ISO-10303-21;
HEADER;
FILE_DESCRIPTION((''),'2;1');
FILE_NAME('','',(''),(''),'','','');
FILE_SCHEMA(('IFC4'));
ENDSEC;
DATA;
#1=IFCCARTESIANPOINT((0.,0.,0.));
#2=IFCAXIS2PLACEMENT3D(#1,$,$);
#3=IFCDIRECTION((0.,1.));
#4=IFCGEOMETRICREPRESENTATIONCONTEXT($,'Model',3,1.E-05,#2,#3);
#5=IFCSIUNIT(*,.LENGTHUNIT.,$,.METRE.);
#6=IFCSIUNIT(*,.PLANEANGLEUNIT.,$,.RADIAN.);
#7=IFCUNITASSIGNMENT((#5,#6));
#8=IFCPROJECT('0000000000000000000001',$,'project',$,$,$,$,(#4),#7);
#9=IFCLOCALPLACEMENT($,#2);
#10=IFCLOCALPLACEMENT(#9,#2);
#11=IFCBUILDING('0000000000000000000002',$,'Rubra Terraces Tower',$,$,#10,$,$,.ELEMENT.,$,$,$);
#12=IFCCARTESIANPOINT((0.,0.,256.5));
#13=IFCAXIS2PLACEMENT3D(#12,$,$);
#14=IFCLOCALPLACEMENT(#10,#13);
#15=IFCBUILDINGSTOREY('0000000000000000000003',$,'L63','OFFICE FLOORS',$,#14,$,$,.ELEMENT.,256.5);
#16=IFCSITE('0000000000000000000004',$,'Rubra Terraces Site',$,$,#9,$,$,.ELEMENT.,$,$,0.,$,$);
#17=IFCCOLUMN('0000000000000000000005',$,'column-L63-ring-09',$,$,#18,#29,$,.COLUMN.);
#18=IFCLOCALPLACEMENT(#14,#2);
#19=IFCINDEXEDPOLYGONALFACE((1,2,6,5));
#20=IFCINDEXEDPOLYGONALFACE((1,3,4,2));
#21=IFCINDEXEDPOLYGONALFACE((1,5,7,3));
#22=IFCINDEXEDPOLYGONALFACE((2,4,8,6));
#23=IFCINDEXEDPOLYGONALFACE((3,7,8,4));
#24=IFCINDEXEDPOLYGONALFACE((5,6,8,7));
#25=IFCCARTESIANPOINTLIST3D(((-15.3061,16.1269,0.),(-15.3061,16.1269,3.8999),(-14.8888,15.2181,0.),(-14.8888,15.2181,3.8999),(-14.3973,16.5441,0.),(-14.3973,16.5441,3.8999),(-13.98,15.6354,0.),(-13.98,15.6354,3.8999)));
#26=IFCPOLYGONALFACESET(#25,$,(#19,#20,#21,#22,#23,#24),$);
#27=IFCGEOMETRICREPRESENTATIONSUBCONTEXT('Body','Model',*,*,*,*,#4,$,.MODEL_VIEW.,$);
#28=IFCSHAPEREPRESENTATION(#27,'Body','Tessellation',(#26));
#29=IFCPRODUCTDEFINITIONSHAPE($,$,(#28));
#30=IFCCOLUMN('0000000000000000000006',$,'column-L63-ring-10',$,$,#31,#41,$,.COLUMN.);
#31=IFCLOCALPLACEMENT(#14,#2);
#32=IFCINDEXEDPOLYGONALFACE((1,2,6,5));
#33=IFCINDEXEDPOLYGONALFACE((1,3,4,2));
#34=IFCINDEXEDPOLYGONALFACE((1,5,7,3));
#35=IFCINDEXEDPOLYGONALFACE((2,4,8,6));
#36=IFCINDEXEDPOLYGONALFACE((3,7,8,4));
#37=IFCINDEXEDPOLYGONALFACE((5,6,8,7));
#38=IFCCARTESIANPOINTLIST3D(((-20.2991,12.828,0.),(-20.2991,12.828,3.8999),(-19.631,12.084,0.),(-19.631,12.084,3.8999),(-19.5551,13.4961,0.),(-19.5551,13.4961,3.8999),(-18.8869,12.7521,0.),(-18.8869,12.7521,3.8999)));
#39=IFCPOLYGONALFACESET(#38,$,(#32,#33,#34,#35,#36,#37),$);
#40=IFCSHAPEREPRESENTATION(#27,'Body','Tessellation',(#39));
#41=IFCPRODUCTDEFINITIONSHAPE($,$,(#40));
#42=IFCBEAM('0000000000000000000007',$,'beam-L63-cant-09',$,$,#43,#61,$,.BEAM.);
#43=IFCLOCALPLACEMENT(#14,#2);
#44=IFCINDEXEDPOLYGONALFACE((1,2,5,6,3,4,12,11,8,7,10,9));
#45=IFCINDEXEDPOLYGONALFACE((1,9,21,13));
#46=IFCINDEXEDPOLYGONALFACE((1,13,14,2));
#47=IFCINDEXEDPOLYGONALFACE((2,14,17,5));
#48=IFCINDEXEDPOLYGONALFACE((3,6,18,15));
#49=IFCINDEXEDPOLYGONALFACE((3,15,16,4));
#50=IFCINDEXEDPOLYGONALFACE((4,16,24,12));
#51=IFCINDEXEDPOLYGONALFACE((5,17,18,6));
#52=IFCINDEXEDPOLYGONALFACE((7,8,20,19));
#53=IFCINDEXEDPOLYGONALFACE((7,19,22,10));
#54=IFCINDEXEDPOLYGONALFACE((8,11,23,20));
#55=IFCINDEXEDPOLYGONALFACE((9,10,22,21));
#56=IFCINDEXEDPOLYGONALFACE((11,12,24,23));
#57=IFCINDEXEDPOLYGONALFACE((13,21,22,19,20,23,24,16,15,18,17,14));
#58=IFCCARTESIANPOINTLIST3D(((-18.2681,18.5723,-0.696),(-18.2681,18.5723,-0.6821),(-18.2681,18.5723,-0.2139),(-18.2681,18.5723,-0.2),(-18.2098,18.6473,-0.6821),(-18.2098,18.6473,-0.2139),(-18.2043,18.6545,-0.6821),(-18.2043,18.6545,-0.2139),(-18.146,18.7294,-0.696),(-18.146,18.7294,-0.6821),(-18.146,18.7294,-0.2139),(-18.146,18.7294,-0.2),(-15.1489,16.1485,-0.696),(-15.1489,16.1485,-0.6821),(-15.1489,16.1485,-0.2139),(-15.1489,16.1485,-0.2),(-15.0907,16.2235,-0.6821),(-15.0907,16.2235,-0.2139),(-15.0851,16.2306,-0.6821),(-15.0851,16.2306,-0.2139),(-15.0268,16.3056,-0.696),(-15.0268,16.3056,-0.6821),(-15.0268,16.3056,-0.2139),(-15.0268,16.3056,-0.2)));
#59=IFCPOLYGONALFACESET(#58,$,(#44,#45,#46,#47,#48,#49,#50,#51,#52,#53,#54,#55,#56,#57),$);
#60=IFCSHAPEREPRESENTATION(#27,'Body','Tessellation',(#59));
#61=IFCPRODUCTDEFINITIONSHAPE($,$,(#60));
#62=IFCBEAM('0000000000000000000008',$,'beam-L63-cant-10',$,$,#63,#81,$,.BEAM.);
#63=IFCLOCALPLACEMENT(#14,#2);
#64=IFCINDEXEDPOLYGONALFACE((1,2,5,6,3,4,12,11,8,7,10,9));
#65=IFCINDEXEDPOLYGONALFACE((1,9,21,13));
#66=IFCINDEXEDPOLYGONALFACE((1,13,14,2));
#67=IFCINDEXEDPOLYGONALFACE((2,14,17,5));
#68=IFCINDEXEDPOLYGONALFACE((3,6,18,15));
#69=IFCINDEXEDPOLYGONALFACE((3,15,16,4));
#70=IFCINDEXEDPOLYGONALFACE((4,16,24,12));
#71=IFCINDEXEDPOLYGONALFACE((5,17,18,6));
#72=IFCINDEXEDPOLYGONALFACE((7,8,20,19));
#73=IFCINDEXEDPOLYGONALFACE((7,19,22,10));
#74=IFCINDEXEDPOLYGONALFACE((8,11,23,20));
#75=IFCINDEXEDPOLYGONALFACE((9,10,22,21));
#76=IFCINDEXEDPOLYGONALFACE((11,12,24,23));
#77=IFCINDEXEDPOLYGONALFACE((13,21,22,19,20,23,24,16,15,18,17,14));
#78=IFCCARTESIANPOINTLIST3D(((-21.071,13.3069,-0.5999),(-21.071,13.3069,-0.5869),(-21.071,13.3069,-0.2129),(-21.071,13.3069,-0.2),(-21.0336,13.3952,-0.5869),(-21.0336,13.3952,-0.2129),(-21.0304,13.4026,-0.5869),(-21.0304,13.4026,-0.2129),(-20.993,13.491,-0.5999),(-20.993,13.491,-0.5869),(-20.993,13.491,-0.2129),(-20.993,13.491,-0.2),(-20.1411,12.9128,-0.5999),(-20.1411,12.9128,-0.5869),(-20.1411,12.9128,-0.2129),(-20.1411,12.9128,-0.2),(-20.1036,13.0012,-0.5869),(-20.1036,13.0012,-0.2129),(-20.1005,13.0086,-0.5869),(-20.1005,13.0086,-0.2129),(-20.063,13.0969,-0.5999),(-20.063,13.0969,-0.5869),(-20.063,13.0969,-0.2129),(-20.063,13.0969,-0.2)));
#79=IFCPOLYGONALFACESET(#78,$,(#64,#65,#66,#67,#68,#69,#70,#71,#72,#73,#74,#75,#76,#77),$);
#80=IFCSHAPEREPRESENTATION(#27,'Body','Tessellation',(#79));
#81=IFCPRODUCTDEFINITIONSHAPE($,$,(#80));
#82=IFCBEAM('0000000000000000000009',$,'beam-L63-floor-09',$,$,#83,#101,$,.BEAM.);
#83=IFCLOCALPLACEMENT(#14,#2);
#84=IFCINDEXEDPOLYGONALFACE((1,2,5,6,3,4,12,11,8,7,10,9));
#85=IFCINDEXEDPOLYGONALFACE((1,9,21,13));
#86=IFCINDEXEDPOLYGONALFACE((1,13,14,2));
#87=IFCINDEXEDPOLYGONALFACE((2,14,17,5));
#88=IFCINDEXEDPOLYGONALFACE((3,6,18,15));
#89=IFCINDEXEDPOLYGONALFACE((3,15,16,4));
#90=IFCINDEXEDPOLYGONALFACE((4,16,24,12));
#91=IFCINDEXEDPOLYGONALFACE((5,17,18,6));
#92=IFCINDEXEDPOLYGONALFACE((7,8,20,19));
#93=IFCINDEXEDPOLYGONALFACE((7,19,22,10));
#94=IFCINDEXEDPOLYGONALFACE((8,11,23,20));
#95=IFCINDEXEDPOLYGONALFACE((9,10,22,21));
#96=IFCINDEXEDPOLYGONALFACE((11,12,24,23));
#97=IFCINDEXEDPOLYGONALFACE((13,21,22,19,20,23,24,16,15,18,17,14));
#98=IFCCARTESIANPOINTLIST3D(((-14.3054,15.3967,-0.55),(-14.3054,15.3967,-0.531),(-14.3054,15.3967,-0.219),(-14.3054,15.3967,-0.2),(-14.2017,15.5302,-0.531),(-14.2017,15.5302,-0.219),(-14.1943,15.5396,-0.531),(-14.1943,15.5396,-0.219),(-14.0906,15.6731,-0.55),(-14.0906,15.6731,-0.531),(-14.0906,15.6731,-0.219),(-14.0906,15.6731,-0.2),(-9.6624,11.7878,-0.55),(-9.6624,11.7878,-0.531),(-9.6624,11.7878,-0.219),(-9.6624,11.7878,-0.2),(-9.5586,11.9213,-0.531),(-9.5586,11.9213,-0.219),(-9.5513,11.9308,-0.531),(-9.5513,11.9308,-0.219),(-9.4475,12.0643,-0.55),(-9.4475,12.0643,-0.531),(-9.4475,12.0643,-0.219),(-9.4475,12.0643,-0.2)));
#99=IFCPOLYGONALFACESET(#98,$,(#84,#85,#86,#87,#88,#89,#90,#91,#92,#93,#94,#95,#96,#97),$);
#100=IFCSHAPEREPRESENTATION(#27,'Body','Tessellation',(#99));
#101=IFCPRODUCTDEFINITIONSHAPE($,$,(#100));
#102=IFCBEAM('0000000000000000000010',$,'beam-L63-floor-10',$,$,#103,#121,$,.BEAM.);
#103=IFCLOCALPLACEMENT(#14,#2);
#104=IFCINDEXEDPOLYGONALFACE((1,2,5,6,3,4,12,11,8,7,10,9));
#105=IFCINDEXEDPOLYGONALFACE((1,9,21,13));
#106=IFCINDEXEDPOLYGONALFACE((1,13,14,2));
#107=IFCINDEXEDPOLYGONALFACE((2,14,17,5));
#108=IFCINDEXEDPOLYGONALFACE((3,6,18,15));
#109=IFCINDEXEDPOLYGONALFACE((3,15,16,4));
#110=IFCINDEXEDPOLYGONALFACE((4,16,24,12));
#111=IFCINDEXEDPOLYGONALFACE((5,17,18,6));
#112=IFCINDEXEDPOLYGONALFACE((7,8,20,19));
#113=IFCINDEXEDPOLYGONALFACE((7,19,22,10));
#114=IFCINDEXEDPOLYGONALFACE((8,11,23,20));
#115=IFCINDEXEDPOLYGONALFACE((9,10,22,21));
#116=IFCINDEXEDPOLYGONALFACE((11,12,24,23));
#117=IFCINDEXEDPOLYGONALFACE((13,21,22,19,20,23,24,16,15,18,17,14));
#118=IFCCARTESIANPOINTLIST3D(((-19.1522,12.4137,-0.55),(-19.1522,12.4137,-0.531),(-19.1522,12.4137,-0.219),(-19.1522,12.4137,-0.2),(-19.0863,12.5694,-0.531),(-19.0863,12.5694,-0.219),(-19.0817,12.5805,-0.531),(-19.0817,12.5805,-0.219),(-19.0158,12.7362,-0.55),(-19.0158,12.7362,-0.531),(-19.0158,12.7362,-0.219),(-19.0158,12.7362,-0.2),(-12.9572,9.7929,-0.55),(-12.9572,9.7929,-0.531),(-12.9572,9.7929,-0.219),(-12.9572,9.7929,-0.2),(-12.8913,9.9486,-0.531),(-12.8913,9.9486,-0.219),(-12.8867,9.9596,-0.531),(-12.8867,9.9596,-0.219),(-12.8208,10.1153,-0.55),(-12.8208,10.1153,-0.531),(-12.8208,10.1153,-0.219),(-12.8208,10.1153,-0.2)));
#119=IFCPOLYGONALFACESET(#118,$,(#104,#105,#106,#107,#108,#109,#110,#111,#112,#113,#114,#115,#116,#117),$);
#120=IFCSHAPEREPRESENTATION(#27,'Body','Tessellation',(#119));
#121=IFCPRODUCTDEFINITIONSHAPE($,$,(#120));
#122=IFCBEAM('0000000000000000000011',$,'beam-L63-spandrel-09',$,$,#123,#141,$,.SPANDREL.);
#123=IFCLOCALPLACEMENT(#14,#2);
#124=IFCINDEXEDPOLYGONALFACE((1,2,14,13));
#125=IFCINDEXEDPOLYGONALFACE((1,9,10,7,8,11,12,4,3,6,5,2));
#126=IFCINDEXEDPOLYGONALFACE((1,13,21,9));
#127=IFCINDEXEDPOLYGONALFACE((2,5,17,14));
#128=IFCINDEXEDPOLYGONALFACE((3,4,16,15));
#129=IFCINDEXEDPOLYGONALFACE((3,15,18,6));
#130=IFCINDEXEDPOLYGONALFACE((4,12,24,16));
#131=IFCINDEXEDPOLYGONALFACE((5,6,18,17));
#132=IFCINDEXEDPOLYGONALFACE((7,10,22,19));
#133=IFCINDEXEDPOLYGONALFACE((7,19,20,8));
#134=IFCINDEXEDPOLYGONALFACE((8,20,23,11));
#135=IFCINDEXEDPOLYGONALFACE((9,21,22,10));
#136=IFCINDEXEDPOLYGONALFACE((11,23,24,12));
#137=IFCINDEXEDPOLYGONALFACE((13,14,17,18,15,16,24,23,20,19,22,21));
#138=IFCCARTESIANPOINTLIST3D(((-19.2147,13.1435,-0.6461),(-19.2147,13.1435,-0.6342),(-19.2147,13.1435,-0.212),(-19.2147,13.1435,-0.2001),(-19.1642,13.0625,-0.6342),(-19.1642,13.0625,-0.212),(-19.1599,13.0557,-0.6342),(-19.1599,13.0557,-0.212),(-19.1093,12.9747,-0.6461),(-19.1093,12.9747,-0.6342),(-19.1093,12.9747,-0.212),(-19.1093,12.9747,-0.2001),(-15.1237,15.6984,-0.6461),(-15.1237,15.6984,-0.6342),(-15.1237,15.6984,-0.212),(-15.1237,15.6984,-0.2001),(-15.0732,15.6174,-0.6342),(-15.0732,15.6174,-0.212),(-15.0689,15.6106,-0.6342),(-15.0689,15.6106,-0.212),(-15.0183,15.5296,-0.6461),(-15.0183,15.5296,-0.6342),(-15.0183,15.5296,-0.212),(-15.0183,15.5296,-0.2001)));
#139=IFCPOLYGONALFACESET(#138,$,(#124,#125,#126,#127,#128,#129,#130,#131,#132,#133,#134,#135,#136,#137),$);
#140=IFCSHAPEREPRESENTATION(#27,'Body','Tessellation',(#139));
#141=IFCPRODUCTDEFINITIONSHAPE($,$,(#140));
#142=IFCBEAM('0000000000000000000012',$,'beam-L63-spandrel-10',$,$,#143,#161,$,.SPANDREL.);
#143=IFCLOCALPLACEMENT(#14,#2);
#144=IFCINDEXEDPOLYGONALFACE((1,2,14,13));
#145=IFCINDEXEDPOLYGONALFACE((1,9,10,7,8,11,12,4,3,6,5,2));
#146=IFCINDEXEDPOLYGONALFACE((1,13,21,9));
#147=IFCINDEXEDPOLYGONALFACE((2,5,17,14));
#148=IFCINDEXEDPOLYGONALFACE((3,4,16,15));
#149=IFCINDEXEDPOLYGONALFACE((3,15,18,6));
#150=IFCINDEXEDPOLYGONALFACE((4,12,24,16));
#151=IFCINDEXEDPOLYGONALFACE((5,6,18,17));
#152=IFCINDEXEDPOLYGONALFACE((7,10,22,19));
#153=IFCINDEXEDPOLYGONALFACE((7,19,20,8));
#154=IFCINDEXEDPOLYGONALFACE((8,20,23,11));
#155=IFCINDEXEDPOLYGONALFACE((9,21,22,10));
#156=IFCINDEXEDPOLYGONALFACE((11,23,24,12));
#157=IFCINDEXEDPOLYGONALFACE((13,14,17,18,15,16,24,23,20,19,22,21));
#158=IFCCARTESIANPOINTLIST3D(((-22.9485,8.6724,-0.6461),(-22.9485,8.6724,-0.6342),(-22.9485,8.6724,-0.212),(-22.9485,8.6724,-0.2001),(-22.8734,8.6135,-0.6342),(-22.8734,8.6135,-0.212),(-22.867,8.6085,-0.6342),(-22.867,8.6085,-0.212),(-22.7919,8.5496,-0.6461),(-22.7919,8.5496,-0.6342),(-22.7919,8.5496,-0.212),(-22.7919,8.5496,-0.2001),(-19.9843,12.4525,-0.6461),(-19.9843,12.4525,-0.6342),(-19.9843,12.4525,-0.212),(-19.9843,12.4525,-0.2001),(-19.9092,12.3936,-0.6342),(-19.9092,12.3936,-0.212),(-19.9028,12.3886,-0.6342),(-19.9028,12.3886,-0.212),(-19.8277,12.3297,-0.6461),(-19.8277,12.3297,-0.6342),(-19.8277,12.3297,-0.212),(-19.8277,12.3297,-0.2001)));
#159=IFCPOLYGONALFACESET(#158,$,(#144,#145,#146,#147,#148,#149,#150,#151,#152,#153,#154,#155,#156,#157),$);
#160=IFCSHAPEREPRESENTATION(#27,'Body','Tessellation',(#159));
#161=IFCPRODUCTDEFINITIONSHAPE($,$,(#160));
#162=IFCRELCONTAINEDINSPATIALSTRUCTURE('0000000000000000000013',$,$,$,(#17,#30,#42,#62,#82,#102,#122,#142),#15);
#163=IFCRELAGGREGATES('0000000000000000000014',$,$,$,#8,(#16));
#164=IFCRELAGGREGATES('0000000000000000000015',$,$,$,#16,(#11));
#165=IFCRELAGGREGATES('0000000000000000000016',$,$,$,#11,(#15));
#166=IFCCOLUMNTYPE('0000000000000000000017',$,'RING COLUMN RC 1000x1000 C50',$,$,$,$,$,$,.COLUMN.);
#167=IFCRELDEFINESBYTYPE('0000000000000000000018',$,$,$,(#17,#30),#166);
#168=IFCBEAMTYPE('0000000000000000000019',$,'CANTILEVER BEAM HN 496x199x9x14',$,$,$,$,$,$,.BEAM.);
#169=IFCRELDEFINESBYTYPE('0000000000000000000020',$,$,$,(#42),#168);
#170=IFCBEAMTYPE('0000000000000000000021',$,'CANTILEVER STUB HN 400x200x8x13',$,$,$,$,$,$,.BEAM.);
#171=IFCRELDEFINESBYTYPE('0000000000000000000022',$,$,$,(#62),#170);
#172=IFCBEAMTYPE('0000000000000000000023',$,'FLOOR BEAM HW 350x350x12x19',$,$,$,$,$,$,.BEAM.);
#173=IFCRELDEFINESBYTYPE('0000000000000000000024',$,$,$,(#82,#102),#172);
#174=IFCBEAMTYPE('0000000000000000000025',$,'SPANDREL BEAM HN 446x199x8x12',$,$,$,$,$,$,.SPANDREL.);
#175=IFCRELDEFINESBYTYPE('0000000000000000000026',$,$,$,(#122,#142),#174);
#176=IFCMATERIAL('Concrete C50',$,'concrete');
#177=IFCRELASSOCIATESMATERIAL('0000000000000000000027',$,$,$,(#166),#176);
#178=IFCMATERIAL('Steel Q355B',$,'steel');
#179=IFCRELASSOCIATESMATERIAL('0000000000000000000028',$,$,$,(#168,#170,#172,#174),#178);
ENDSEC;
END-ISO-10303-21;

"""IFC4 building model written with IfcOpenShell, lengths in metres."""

from ifc_helpers import new_model, si_unit, direction, frame, origin, origin_2d, place, context, subcontext, project, spatial, rectangle, i_section, extrude, material, material_profile, profile_set, type_object, element, save


model = new_model("IFC4")

# Units and contexts
model_context = context("Model", 3, precision=1e-05, world=origin(), true_north=direction((0.0, 1.0)))
body_context = subcontext(model_context, "Body", "Model", "MODEL_VIEW")
ifc_project = project(units=[si_unit("LENGTHUNIT", "METRE"), si_unit("PLANEANGLEUNIT", "RADIAN")], contexts=[model_context])

# Site, building, storey
site_placement = place(None, origin())
site = spatial("IfcSite", under=ifc_project, at=site_placement, Name="Rubra Terraces Site", CompositionType="ELEMENT", RefElevation=0.0)
building_placement = place(site_placement, origin())
building = spatial("IfcBuilding", under=site, at=building_placement, Name="Rubra Terraces Tower", CompositionType="ELEMENT")
storey_placement = place(building_placement, frame((0.0, 0.0, 256.5)))
storey = spatial("IfcBuildingStorey", under=building, at=storey_placement, Name="L63", Description="OFFICE FLOORS", CompositionType="ELEMENT", Elevation=256.5)

# Columns
ifc_material_1 = material(Name="Concrete C50", Category="concrete")
ifc_material_profile_1 = material_profile(ifc_material_1, rectangle(XDim=1.0, YDim=1.0, at=origin_2d()), Name="RC 1000x1000")
ifc_profile_set_1 = profile_set([ifc_material_profile_1], Name="Concrete C50")
column_type = type_object("IfcColumnType", Name="RING COLUMN RC 1000x1000 C50", PredefinedType="COLUMN", material=ifc_profile_set_1)
for number, where, z_axis, x_axis, name in (
    (1, (-14.6431, 15.8811, 0.0), (0.0, 0.0, 1.0), (-0.908779, -0.417279, 0.0), "column-L63-ring-09"),
    (2, (-19.593, 12.79, 0.0), (0.0, 0.0, 1.0), (-0.744021, -0.668156, 0.0), "column-L63-ring-10"),
):
    element("IfcColumn", number, at=place(storey_placement, frame(where, z_axis=z_axis, x_axis=x_axis)), inside=storey, type_object=column_type, Name=name, PredefinedType="COLUMN", context=body_context, shape_type="SweptSolid", body=[
        extrude(rectangle(XDim=1.0, YDim=1.0, at=origin_2d()), origin(), (0.0, 0.0, 1.0), 3.8999),
    ])

# Beams
ifc_material_2 = material(Name="Steel Q355B", Category="steel")
ifc_material_profile_2 = material_profile(ifc_material_2, i_section(OverallWidth=0.199, OverallDepth=0.4961, WebThickness=0.009, FlangeThickness=0.0139, at=origin_2d()), Name="HN 496x199x9x14")
ifc_profile_set_2 = profile_set([ifc_material_profile_2], Name="Steel Q355B")
beam_type_1 = type_object("IfcBeamType", Name="CANTILEVER BEAM HN 496x199x9x14", PredefinedType="BEAM", material=ifc_profile_set_2)
beam_1_placement = place(storey_placement, frame((-15.0879, 16.2271, -0.448), z_axis=(-0.789618, 0.613598, 0.0), x_axis=(-0.613598, -0.789618, 0.0)))
element("IfcBeam", 3, at=beam_1_placement, inside=storey, type_object=beam_type_1, Name="beam-L63-cant-09", PredefinedType="BEAM", context=body_context, shape_type="SweptSolid", body=[
    extrude(i_section(OverallWidth=0.199, OverallDepth=0.4961, WebThickness=0.009, FlangeThickness=0.0139, at=origin_2d()), origin(), (0.0, 0.0, 1.0), 3.9502),
])
ifc_material_profile_3 = material_profile(ifc_material_2, i_section(OverallWidth=0.2, OverallDepth=0.3999, WebThickness=0.0081, FlangeThickness=0.0129, at=origin_2d()), Name="HN 400x200x8x13")
ifc_profile_set_3 = profile_set([ifc_material_profile_3], Name="Steel Q355B")
beam_type_2 = type_object("IfcBeamType", Name="CANTILEVER STUB HN 400x200x8x13", PredefinedType="BEAM", material=ifc_profile_set_3)
beam_2_placement = place(storey_placement, frame((-20.1021, 13.0049, -0.3999), z_axis=(-0.92075, 0.390153, 0.0), x_axis=(-0.390153, -0.92075, 0.0)))
element("IfcBeam", 4, at=beam_2_placement, inside=storey, type_object=beam_type_2, Name="beam-L63-cant-10", PredefinedType="BEAM", context=body_context, shape_type="SweptSolid", body=[
    extrude(i_section(OverallWidth=0.2, OverallDepth=0.3999, WebThickness=0.0081, FlangeThickness=0.0129, at=origin_2d()), origin(), (0.0, 0.0, 1.0), 1.01),
])
ifc_material_profile_4 = material_profile(ifc_material_2, i_section(OverallWidth=0.3501, OverallDepth=0.3501, WebThickness=0.012, FlangeThickness=0.019, at=origin_2d()), Name="HW 350x350x12x19")
ifc_profile_set_4 = profile_set([ifc_material_profile_4], Name="Steel Q355B")
beam_type_3 = type_object("IfcBeamType", Name="FLOOR BEAM HW 350x350x12x19", PredefinedType="BEAM", material=ifc_profile_set_4)
beam_3_placement = place(storey_placement, frame((-14.198, 15.5349, -0.375), z_axis=(0.789549, -0.613688, 0.0), x_axis=(0.613688, 0.789549, 0.0)))
element("IfcBeam", 5, at=beam_3_placement, inside=storey, type_object=beam_type_3, Name="beam-L63-floor-09", PredefinedType="BEAM", context=body_context, shape_type="SweptSolid", body=[
    extrude(i_section(OverallWidth=0.3501, OverallDepth=0.3501, WebThickness=0.012, FlangeThickness=0.019, at=origin_2d()), origin(), (0.0, 0.0, 1.0), 5.8806),
])
beam_4_placement = place(storey_placement, frame((-19.084, 12.575, -0.375), z_axis=(0.920975, -0.389622, 0.0), x_axis=(0.389622, 0.920975, 0.0)))
element("IfcBeam", 6, at=beam_4_placement, inside=storey, type_object=beam_type_3, Name="beam-L63-floor-10", PredefinedType="BEAM", context=body_context, shape_type="SweptSolid", body=[
    extrude(i_section(OverallWidth=0.3501, OverallDepth=0.3501, WebThickness=0.012, FlangeThickness=0.019, at=origin_2d()), origin(), (0.0, 0.0, 1.0), 6.7266),
])
ifc_material_profile_5 = material_profile(ifc_material_2, i_section(OverallWidth=0.199, OverallDepth=0.446, WebThickness=0.0081, FlangeThickness=0.012, at=origin_2d()), Name="HN 446x199x8x12")
ifc_profile_set_5 = profile_set([ifc_material_profile_5], Name="Steel Q355B")
beam_type_4 = type_object("IfcBeamType", Name="SPANDREL BEAM HN 446x199x8x12", PredefinedType="SPANDREL", material=ifc_profile_set_5)
beam_5_placement = place(storey_placement, frame((-15.071, 15.614, -0.4231), z_axis=(-0.848183, -0.529703, 0.0), x_axis=(0.529703, -0.848183, 0.0)))
element("IfcBeam", 7, at=beam_5_placement, inside=storey, type_object=beam_type_4, Name="beam-L63-spandrel-09", PredefinedType="SPANDREL", context=body_context, shape_type="SweptSolid", body=[
    extrude(i_section(OverallWidth=0.199, OverallDepth=0.446, WebThickness=0.0081, FlangeThickness=0.012, at=origin_2d()), origin(), (0.0, 0.0, 1.0), 4.8232),
])
beam_6_placement = place(storey_placement, frame((-19.906, 12.3911, -0.4231), z_axis=(-0.61706, -0.786916, 0.0), x_axis=(0.786916, -0.61706, 0.0)))
element("IfcBeam", 8, at=beam_6_placement, inside=storey, type_object=beam_type_4, Name="beam-L63-spandrel-10", PredefinedType="SPANDREL", context=body_context, shape_type="SweptSolid", body=[
    extrude(i_section(OverallWidth=0.199, OverallDepth=0.446, WebThickness=0.0081, FlangeThickness=0.012, at=origin_2d()), origin(), (0.0, 0.0, 1.0), 4.8037),
])

save(model, "model.ifc")
